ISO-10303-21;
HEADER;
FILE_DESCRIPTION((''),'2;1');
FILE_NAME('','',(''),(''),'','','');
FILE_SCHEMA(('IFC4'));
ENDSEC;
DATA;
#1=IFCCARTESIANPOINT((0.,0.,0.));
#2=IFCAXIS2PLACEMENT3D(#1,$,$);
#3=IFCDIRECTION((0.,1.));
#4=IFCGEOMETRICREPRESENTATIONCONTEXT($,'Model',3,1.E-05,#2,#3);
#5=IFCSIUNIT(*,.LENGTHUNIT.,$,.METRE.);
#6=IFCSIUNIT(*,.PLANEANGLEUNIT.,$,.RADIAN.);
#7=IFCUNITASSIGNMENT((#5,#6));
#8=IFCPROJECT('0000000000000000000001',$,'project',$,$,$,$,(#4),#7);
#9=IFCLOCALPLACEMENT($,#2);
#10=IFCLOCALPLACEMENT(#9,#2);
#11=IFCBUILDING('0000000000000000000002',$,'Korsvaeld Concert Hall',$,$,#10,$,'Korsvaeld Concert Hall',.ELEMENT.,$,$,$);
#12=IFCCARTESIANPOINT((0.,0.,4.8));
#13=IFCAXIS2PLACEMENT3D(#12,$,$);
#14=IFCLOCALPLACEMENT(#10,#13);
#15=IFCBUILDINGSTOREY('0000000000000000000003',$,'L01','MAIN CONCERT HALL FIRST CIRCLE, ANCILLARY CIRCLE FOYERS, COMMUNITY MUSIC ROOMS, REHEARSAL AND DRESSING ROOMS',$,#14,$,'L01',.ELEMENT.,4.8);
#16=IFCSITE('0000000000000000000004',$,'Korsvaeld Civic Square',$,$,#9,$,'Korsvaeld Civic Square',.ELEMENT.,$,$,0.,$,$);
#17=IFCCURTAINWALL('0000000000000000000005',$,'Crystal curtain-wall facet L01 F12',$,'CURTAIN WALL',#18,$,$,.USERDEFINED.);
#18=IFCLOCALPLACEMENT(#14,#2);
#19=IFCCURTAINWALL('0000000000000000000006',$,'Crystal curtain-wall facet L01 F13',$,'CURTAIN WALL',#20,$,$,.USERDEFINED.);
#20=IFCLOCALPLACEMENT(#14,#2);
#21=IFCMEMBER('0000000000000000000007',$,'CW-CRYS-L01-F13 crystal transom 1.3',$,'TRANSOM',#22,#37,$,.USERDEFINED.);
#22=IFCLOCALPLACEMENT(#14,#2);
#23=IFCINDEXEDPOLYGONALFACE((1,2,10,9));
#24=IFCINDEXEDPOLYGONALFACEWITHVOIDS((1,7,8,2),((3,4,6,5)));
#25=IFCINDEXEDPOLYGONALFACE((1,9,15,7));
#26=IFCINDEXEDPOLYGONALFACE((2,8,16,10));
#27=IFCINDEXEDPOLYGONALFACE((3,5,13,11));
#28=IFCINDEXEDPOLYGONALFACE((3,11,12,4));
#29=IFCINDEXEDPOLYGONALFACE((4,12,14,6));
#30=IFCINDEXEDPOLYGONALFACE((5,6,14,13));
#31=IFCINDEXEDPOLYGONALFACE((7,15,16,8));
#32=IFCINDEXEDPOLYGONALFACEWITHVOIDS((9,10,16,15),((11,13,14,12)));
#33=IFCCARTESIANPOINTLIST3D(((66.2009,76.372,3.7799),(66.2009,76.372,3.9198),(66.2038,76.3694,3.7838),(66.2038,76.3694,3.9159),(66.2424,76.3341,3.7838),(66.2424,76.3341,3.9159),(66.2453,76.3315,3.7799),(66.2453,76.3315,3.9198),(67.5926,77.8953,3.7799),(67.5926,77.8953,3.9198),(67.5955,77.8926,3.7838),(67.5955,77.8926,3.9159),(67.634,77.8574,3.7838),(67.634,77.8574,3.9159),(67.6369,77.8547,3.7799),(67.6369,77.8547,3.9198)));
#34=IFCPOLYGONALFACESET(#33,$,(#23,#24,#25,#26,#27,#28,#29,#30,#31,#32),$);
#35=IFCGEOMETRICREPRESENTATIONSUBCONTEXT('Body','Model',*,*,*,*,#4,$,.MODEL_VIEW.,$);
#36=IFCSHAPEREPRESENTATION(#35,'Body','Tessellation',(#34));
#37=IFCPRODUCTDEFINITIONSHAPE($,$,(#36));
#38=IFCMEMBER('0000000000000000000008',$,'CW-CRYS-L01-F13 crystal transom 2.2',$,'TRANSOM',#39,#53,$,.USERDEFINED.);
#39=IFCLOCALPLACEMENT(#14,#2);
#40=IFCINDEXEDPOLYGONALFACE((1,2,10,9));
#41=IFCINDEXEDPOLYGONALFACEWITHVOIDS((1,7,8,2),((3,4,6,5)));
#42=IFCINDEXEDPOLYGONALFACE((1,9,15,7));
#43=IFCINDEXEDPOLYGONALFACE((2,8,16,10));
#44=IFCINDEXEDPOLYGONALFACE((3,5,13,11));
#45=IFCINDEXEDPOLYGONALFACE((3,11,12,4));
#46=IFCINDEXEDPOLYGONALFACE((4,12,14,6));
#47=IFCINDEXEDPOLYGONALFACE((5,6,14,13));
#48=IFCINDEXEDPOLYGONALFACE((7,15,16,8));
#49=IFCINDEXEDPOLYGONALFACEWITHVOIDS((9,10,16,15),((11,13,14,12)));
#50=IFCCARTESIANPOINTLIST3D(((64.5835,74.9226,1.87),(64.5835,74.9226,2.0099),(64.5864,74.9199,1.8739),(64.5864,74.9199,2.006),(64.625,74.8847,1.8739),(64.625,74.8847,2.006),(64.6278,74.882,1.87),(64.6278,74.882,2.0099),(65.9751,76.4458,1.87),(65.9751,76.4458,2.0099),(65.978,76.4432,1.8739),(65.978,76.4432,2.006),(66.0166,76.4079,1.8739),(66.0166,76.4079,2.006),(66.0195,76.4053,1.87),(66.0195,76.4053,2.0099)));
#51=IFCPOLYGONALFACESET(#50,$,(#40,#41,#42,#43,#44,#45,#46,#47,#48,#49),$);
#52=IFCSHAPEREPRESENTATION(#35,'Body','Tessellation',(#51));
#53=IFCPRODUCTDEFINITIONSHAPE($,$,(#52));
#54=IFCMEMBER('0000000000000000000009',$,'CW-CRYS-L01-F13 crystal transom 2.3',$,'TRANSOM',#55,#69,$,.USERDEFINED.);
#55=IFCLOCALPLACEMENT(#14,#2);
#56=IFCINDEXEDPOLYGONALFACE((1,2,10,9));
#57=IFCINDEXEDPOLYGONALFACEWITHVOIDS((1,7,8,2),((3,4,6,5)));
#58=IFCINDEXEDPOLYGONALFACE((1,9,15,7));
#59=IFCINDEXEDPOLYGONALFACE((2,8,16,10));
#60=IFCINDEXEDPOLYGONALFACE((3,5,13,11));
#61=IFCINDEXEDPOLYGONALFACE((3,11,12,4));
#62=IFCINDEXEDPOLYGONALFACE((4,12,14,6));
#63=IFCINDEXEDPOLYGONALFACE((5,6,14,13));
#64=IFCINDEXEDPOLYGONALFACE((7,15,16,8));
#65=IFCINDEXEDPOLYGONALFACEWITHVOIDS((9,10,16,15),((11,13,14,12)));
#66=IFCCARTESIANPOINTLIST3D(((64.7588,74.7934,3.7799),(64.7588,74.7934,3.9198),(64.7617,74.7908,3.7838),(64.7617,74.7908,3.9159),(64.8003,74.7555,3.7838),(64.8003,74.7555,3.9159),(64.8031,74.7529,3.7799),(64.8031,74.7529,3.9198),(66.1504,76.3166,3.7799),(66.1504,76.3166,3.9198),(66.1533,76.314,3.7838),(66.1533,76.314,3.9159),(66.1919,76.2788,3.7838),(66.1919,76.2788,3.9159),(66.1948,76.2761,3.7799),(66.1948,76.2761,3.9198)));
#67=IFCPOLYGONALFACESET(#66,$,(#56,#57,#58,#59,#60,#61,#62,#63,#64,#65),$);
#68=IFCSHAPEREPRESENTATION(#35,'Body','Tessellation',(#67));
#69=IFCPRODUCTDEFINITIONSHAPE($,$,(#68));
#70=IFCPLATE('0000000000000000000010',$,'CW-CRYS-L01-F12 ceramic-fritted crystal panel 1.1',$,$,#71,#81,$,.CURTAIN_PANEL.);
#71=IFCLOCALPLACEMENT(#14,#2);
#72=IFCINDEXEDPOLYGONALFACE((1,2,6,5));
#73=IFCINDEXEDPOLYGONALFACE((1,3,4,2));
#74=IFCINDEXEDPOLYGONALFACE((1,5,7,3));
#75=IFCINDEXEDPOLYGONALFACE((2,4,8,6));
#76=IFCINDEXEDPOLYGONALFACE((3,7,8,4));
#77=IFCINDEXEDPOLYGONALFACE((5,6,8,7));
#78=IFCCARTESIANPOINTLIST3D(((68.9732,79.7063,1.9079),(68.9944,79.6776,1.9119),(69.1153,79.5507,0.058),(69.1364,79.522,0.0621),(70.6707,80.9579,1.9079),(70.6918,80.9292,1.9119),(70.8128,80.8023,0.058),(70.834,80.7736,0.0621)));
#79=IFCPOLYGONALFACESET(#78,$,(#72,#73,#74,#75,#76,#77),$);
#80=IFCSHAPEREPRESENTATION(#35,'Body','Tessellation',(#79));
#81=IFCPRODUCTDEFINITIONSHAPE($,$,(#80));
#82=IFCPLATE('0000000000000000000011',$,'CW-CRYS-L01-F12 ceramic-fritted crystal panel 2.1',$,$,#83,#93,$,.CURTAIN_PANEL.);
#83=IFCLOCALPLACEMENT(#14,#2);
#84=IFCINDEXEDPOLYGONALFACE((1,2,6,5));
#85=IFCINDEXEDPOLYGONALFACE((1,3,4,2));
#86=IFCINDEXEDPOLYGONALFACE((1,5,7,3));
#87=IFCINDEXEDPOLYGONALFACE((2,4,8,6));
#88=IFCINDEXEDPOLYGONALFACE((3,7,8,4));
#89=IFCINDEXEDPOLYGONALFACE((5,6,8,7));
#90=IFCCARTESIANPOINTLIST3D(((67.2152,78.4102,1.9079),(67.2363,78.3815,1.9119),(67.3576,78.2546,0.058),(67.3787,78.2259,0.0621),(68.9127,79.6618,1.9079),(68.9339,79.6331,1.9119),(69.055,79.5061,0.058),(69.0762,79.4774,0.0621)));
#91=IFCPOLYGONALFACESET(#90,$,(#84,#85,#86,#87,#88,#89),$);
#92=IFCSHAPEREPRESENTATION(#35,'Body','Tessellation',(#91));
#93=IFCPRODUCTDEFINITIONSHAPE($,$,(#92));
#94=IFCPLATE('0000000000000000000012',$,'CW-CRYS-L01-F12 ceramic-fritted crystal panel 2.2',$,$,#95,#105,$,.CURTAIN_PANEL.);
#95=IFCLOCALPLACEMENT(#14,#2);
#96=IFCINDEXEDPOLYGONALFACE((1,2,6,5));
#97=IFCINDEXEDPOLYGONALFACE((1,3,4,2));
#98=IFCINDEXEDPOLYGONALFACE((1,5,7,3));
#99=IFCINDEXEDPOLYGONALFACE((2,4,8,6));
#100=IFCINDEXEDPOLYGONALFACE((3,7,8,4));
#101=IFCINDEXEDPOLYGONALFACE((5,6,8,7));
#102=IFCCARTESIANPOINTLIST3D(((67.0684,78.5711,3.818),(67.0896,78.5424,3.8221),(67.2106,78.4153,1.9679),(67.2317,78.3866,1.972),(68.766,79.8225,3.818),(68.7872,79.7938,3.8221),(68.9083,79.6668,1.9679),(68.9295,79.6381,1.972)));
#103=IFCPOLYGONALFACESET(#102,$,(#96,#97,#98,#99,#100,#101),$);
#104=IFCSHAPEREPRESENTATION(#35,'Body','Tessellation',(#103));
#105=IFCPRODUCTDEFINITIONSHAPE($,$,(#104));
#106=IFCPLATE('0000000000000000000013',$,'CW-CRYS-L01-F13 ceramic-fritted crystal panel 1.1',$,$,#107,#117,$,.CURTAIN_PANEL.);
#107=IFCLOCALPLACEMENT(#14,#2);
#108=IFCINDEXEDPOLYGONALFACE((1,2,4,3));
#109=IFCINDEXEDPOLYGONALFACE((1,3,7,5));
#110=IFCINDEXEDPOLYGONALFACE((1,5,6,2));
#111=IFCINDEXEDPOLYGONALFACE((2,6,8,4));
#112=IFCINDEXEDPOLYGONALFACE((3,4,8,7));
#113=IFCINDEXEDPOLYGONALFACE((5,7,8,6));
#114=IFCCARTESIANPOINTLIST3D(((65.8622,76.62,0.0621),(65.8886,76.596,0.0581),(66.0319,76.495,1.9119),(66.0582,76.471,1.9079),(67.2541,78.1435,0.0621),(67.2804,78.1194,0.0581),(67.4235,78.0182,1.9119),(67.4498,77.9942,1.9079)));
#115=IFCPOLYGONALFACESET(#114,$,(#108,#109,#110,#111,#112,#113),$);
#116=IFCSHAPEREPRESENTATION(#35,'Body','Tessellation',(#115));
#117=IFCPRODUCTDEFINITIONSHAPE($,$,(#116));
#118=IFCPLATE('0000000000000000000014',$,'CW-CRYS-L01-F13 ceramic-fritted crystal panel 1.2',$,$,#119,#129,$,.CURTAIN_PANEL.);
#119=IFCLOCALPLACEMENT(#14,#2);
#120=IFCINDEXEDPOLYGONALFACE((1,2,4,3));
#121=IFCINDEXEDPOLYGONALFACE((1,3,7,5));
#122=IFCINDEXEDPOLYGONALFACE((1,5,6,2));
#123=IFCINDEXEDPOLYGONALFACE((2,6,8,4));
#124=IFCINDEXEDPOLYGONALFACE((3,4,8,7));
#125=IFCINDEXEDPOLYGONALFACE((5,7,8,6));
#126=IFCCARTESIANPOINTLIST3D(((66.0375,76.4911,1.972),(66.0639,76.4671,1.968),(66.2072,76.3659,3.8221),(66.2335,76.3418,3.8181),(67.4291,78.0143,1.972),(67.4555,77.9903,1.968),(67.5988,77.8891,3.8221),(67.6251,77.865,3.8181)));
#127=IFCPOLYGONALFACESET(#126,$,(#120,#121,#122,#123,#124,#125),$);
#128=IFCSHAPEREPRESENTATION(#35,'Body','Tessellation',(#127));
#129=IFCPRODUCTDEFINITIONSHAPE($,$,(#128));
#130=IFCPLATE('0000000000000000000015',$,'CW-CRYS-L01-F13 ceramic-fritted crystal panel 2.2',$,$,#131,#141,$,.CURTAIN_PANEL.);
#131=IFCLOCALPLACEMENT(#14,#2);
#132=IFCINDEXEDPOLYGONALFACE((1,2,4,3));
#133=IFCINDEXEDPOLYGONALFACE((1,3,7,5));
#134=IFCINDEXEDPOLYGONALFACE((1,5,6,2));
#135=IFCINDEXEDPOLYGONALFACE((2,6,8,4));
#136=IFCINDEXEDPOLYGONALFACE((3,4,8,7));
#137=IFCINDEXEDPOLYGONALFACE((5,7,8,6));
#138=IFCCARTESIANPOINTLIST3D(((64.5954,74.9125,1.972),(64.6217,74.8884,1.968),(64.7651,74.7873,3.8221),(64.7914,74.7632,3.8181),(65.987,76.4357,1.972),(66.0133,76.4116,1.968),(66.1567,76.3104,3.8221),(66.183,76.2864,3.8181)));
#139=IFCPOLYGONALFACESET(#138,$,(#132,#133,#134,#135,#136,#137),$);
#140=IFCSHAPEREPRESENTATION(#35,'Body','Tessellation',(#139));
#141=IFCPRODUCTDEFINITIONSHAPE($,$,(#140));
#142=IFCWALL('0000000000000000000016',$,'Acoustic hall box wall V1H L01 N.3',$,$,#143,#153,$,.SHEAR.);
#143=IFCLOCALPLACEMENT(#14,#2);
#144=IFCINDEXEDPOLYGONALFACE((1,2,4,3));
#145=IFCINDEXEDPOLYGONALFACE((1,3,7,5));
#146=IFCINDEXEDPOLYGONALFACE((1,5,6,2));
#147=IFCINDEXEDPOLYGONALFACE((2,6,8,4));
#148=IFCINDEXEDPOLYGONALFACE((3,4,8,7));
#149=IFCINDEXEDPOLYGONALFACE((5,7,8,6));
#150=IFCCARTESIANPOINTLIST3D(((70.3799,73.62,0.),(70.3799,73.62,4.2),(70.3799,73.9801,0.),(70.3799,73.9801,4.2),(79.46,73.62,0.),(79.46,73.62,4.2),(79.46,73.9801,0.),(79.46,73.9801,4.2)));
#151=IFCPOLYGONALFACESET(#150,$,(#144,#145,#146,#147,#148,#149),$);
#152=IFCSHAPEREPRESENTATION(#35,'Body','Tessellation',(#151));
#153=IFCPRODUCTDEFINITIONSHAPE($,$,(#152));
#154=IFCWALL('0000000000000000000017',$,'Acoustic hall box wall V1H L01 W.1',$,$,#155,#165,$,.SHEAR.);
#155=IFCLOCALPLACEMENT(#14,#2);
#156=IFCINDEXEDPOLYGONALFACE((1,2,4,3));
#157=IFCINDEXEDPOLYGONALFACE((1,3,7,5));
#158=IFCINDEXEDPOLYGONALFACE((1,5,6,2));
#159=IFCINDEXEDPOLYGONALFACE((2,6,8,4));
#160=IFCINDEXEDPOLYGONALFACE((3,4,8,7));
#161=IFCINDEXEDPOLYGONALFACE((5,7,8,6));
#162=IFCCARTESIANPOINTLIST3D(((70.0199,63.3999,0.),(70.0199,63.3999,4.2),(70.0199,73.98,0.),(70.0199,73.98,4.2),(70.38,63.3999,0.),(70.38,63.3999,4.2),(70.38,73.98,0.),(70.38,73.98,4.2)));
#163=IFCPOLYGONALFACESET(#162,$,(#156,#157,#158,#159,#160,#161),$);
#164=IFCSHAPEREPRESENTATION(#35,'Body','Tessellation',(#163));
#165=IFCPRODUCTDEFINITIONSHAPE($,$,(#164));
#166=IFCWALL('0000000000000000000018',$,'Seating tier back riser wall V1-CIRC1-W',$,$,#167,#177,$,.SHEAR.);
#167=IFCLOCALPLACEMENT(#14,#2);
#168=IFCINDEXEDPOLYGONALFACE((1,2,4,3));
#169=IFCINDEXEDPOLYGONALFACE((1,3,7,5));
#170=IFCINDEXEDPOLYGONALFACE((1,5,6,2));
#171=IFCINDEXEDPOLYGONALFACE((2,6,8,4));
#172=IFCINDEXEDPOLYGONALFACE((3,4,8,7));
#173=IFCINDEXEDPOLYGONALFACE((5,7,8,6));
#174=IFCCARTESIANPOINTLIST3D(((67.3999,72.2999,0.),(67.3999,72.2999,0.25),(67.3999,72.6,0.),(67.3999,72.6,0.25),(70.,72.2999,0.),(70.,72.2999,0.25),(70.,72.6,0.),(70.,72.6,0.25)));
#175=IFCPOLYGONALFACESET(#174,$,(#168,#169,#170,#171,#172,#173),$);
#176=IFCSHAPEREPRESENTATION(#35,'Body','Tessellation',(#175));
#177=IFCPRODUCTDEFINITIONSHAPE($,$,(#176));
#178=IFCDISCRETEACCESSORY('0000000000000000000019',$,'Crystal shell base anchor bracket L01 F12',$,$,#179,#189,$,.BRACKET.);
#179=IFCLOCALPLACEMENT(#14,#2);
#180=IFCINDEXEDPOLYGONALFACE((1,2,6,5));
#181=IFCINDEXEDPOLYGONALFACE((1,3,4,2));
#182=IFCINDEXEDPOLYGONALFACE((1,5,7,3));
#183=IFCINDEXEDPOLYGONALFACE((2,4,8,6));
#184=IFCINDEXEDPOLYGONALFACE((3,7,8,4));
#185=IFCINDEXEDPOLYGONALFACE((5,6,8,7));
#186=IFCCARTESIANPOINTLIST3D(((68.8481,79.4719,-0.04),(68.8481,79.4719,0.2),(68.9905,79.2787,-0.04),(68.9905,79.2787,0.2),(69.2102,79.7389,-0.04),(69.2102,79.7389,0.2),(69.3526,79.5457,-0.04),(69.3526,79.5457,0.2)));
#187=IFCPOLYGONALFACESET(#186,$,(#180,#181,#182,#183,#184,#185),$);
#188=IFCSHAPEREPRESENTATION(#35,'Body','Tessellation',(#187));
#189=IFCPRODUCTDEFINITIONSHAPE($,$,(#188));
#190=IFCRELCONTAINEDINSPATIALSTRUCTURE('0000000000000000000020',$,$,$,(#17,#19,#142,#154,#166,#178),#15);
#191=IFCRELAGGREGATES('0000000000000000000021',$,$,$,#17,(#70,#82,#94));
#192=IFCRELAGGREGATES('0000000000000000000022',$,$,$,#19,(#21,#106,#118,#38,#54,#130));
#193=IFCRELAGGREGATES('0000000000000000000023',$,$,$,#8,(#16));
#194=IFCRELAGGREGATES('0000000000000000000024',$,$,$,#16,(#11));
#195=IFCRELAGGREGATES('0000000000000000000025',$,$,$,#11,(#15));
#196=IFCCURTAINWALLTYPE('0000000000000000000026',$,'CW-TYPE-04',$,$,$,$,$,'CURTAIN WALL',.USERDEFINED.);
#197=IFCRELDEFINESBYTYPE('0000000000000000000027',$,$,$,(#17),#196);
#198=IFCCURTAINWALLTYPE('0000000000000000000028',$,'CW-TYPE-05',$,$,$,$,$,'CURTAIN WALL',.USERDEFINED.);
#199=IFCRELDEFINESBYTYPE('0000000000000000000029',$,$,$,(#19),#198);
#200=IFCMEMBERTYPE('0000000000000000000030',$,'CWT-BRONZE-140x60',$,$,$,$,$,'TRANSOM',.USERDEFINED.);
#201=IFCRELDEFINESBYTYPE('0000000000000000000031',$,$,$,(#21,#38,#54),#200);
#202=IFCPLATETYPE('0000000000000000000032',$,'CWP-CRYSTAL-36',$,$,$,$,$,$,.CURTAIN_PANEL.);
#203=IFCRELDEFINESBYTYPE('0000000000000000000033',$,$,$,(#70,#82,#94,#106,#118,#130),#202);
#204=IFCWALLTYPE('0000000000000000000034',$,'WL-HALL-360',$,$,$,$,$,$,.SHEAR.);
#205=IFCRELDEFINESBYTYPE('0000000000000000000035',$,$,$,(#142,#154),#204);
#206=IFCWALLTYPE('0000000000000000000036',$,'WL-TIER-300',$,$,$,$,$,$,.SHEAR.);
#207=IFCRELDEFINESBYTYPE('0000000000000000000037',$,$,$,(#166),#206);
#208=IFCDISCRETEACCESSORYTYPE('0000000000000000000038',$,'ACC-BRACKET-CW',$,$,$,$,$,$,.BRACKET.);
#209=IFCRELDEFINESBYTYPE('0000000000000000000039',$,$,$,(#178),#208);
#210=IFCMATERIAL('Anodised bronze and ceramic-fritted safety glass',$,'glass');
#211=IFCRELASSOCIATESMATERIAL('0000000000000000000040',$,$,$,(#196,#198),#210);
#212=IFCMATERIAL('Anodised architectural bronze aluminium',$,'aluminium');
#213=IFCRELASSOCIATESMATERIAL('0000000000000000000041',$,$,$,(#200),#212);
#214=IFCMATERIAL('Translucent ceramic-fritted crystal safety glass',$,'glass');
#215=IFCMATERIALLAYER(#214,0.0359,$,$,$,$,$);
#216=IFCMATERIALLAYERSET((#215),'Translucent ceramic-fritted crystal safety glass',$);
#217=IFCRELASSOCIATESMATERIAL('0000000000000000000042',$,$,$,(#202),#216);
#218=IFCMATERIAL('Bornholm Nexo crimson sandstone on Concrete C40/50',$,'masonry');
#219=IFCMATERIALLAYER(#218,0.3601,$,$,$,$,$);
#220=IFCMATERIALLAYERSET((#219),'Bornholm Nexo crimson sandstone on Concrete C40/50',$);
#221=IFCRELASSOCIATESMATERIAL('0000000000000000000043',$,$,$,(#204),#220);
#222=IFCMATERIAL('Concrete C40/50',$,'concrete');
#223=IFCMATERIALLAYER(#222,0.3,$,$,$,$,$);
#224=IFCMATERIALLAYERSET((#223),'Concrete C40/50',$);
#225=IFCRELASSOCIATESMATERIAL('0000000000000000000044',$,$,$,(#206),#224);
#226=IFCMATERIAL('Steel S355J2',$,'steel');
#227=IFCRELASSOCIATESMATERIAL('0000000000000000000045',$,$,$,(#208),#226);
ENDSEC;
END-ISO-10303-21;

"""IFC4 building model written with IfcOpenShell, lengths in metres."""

from ifc_helpers import new_model, si_unit, direction, frame, frame_2d, origin, origin_2d, place, context, subcontext, project, spatial, polyline, rectangle, hollow_rectangle, outline, extrude, material, layer, layer_set, material_profile, profile_set, type_object, element, aggregate, save


model = new_model("IFC4")

# Units and contexts
model_context = context("Model", 3, precision=1e-05, world=origin(), true_north=direction((0.0, 1.0)))
body_context = subcontext(model_context, "Body", "Model", "MODEL_VIEW")
ifc_project = project(units=[si_unit("LENGTHUNIT", "METRE"), si_unit("PLANEANGLEUNIT", "RADIAN")], contexts=[model_context])

# Site, building, storey
site_placement = place(None, origin())
site = spatial("IfcSite", under=ifc_project, at=site_placement, Name="Korsvaeld Civic Square", LongName="Korsvaeld Civic Square", CompositionType="ELEMENT", RefElevation=0.0)
building_placement = place(site_placement, origin())
building = spatial("IfcBuilding", under=site, at=building_placement, Name="Korsvaeld Concert Hall", LongName="Korsvaeld Concert Hall", CompositionType="ELEMENT")
storey_placement = place(building_placement, frame((0.0, 0.0, 4.8)))
storey = spatial("IfcBuildingStorey", under=building, at=storey_placement, Name="L01", Description="MAIN CONCERT HALL FIRST CIRCLE, ANCILLARY CIRCLE FOYERS, COMMUNITY MUSIC ROOMS, REHEARSAL AND DRESSING ROOMS", LongName="L01", CompositionType="ELEMENT", Elevation=4.8)

# Shared definitions
ifc_material_1 = material(Name="Concrete C40/50", Category="concrete")

# Curtain wall
ifc_material_2 = material(Name="Anodised bronze and ceramic-fritted safety glass", Category="glass")
curtain_wall_type_1 = type_object("IfcCurtainWallType", Name="CW-TYPE-04", ElementType="CURTAIN WALL", PredefinedType="USERDEFINED", material=ifc_material_2)
curtain_wall_1_placement = place(storey_placement, origin())
curtain_wall_1 = element("IfcCurtainWall", 1, at=curtain_wall_1_placement, inside=storey, type_object=curtain_wall_type_1, Name="Crystal curtain-wall facet L01 F12", ObjectType="CURTAIN WALL", PredefinedType="USERDEFINED")
ifc_material_3 = material(Name="Anodised architectural bronze aluminium", Category="aluminium")

# Curtain wall
curtain_wall_type_2 = type_object("IfcCurtainWallType", Name="CW-TYPE-05", ElementType="CURTAIN WALL", PredefinedType="USERDEFINED", material=ifc_material_2)
curtain_wall_2_placement = place(storey_placement, origin())
curtain_wall_2 = element("IfcCurtainWall", 2, at=curtain_wall_2_placement, inside=storey, type_object=curtain_wall_type_2, Name="Crystal curtain-wall facet L01 F13", ObjectType="CURTAIN WALL", PredefinedType="USERDEFINED")

# Members
ifc_material_profile_1 = material_profile(ifc_material_3, hollow_rectangle(XDim=0.0601, YDim=0.1399, WallThickness=0.0039, at=origin_2d()), Name="CWT 140x60x4")
ifc_profile_set_1 = profile_set([ifc_material_profile_1], Name="Anodised architectural bronze aluminium")
member_type_1 = type_object("IfcMemberType", Name="CWT-BRONZE-140x60", ElementType="TRANSOM", PredefinedType="USERDEFINED", material=ifc_profile_set_1)
member_1_placement = place(storey_placement, frame((67.6147, 77.875, 3.8499), z_axis=(-0.674497, -0.738278, 0.0), x_axis=(0.738278, -0.674497, 0.0)))
member_1 = element("IfcMember", 3, at=member_1_placement, type_object=member_type_1, Name="CW-CRYS-L01-F13 crystal transom 1.3", ObjectType="TRANSOM", PredefinedType="USERDEFINED", context=body_context, shape_type="SweptSolid", body=[
    extrude(hollow_rectangle(XDim=0.0601, YDim=0.1399, WallThickness=0.0039, at=origin_2d()), origin(), (0.0, 0.0, 1.0), 2.0632),
])
member_2_placement = place(storey_placement, frame((65.9973, 76.4255, 1.9399), z_axis=(-0.674497, -0.738278, 0.0), x_axis=(0.738278, -0.674497, 0.0)))
member_2 = element("IfcMember", 4, at=member_2_placement, type_object=member_type_1, Name="CW-CRYS-L01-F13 crystal transom 2.2", ObjectType="TRANSOM", PredefinedType="USERDEFINED", context=body_context, shape_type="SweptSolid", body=[
    extrude(hollow_rectangle(XDim=0.0601, YDim=0.1399, WallThickness=0.0039, at=origin_2d()), origin(), (0.0, 0.0, 1.0), 2.0632),
])
member_3_placement = place(storey_placement, frame((66.1726, 76.2964, 3.8499), z_axis=(-0.674497, -0.738278, 0.0), x_axis=(0.738278, -0.674497, 0.0)))
member_3 = element("IfcMember", 5, at=member_3_placement, type_object=member_type_1, Name="CW-CRYS-L01-F13 crystal transom 2.3", ObjectType="TRANSOM", PredefinedType="USERDEFINED", context=body_context, shape_type="SweptSolid", body=[
    extrude(hollow_rectangle(XDim=0.0601, YDim=0.1399, WallThickness=0.0039, at=origin_2d()), origin(), (0.0, 0.0, 1.0), 2.0632),
])

# Plates
ifc_material_4 = material(Name="Translucent ceramic-fritted crystal safety glass", Category="glass")
ifc_layer_1 = layer(ifc_material_4, 0.0359)
ifc_layer_set_1 = layer_set([ifc_layer_1], Name="Translucent ceramic-fritted crystal safety glass")
plate_type = type_object("IfcPlateType", Name="CWP-CRYSTAL-36", PredefinedType="CURTAIN_PANEL", material=ifc_layer_set_1)
plate_1_placement = place(storey_placement, frame((70.8235, 80.7878, 0.0601), z_axis=(-0.589669, 0.79976, -0.112582), x_axis=(-0.804877, -0.593442, -0.000005)))
plate_1 = element("IfcPlate", 6, at=plate_1_placement, type_object=plate_type, Name="CW-CRYS-L01-F12 ceramic-fritted crystal panel 1.1", PredefinedType="CURTAIN_PANEL", context=body_context, shape_type="SweptSolid", body=[
    extrude(outline(polyline([(0.0, 0.0), (2.1091, 0.0), (2.131, 1.8617), (0.0221, 1.8617), (0.0, 0.0)])), frame((0.0, 0.0, 0.0181)), (0.0, 0.0, -1.0), 0.0359),
])
plate_2_placement = place(storey_placement, frame((69.0657, 79.4917, 0.0601), z_axis=(-0.589664, 0.799753, -0.112659), x_axis=(-0.804877, -0.593441, 0.000005)))
plate_2 = element("IfcPlate", 7, at=plate_2_placement, type_object=plate_type, Name="CW-CRYS-L01-F12 ceramic-fritted crystal panel 2.1", PredefinedType="CURTAIN_PANEL", context=body_context, shape_type="SweptSolid", body=[
    extrude(outline(polyline([(0.0, 0.0), (2.109, 0.0), (2.1312, 1.8617), (0.0221, 1.8617), (0.0, 0.0)])), frame((0.0, 0.0, 0.0181)), (0.0, 0.0, -1.0), 0.0359),
])
plate_3_placement = place(storey_placement, frame((68.9189, 79.6523, 1.97), z_axis=(-0.589599, 0.799801, -0.112657), x_axis=(-0.804925, -0.593376, 0.000004)))
plate_3 = element("IfcPlate", 8, at=plate_3_placement, type_object=plate_type, Name="CW-CRYS-L01-F12 ceramic-fritted crystal panel 2.2", PredefinedType="CURTAIN_PANEL", context=body_context, shape_type="SweptSolid", body=[
    extrude(outline(polyline([(0.0, 0.0), (2.1092, 0.0), (2.1311, 1.8619), (0.0221, 1.862), (0.0, 0.0)])), frame((0.0, 0.0, 0.0181)), (0.0, 0.0, -1.0), 0.0359),
])
aggregate(curtain_wall_1, [plate_1, plate_2, plate_3])
plate_4_placement = place(storey_placement, frame((67.2673, 78.1313, 0.0601), z_axis=(-0.733583, 0.670212, 0.112572), x_axis=(-0.674499, -0.738275, 0.0)))
plate_4 = element("IfcPlate", 9, at=plate_4_placement, type_object=plate_type, Name="CW-CRYS-L01-F13 ceramic-fritted crystal panel 1.1", PredefinedType="CURTAIN_PANEL", context=body_context, shape_type="SweptSolid", body=[
    extrude(outline(polyline([(0.0, 0.0), (2.0635, 0.0), (2.0414, 1.8617), (-0.0218, 1.8617), (0.0, 0.0)])), frame((0.0, 0.0, 0.0181)), (0.0, 0.0, -1.0), 0.0359),
])
plate_5_placement = place(storey_placement, frame((67.4424, 78.0022, 1.97), z_axis=(-0.733579, 0.670203, 0.112649), x_axis=(-0.674497, -0.738278, 0.0)))
plate_5 = element("IfcPlate", 10, at=plate_5_placement, type_object=plate_type, Name="CW-CRYS-L01-F13 ceramic-fritted crystal panel 1.2", PredefinedType="CURTAIN_PANEL", context=body_context, shape_type="SweptSolid", body=[
    extrude(outline(polyline([(0.0, 0.0), (2.0632, 0.0), (2.0412, 1.8619), (-0.022, 1.8619), (0.0, 0.0)])), frame((0.0, 0.0, 0.0181)), (0.0, 0.0, -1.0), 0.0359),
])
plate_6_placement = place(storey_placement, frame((66.0002, 76.4236, 1.97), z_axis=(-0.733579, 0.670203, 0.112649), x_axis=(-0.674497, -0.738278, 0.0)))
plate_6 = element("IfcPlate", 11, at=plate_6_placement, type_object=plate_type, Name="CW-CRYS-L01-F13 ceramic-fritted crystal panel 2.2", PredefinedType="CURTAIN_PANEL", context=body_context, shape_type="SweptSolid", body=[
    extrude(outline(polyline([(0.0, 0.0), (2.0632, 0.0), (2.0412, 1.8619), (-0.022, 1.8619), (0.0, 0.0)])), frame((0.0, 0.0, 0.0181)), (0.0, 0.0, -1.0), 0.0359),
])
aggregate(curtain_wall_2, [member_1, plate_4, plate_5, member_2, member_3, plate_6])

# Walls
ifc_material_5 = material(Name="Bornholm Nexo crimson sandstone on Concrete C40/50", Category="masonry")
ifc_layer_2 = layer(ifc_material_5, 0.3601)
ifc_layer_set_2 = layer_set([ifc_layer_2], Name="Bornholm Nexo crimson sandstone on Concrete C40/50")
wall_type_1 = type_object("IfcWallType", Name="WL-HALL-360", PredefinedType="SHEAR", material=ifc_layer_set_2)
wall_1_placement = place(storey_placement, frame((79.46, 73.8, 0.0), z_axis=(0.0, 0.0, 1.0), x_axis=(-1.0, 0.0, 0.0)))
element("IfcWall", 12, at=wall_1_placement, inside=storey, type_object=wall_type_1, Name="Acoustic hall box wall V1H L01 N.3", PredefinedType="SHEAR", context=body_context, shape_type="SweptSolid", body=[
    extrude(rectangle(XDim=9.0801, YDim=0.3601, at=frame_2d((4.54, 0.0))), origin(), (0.0, 0.0, 1.0), 4.2),
])
wall_2_placement = place(storey_placement, frame((70.2, 73.98, 0.0), z_axis=(0.0, 0.0, 1.0), x_axis=(0.0, -1.0, 0.0)))
element("IfcWall", 13, at=wall_2_placement, inside=storey, type_object=wall_type_1, Name="Acoustic hall box wall V1H L01 W.1", PredefinedType="SHEAR", context=body_context, shape_type="SweptSolid", body=[
    extrude(rectangle(XDim=10.5801, YDim=0.3601, at=frame_2d((5.29, 0.0))), origin(), (0.0, 0.0, 1.0), 4.2),
])
ifc_layer_3 = layer(ifc_material_1, 0.3)
ifc_layer_set_3 = layer_set([ifc_layer_3], Name="Concrete C40/50")
wall_type_2 = type_object("IfcWallType", Name="WL-TIER-300", PredefinedType="SHEAR", material=ifc_layer_set_3)
wall_3_placement = place(storey_placement, frame((67.3999, 72.45, 0.0), z_axis=(0.0, 0.0, 1.0), x_axis=(1.0, 0.0, 0.0)))
element("IfcWall", 14, at=wall_3_placement, inside=storey, type_object=wall_type_2, Name="Seating tier back riser wall V1-CIRC1-W", PredefinedType="SHEAR", context=body_context, shape_type="SweptSolid", body=[
    extrude(rectangle(XDim=2.6001, YDim=0.3, at=frame_2d((1.3, 0.0))), origin(), (0.0, 0.0, 1.0), 0.25),
])

# Discrete accessory
ifc_material_6 = material(Name="Steel S355J2", Category="steel")
discrete_accessory_type = type_object("IfcDiscreteAccessoryType", Name="ACC-BRACKET-CW", PredefinedType="BRACKET", material=ifc_material_6)
for number, where, z_axis, x_axis, name in (
    (15, (69.1003, 79.5088, -0.04), (0.0, 0.0, 1.0), (-0.804894, -0.593419, 0.0), "Crystal shell base anchor bracket L01 F12"),
):
    element("IfcDiscreteAccessory", number, at=place(storey_placement, frame(where, z_axis=z_axis, x_axis=x_axis)), inside=storey, type_object=discrete_accessory_type, Name=name, PredefinedType="BRACKET", context=body_context, shape_type="SweptSolid", body=[
        extrude(rectangle(XDim=0.45, YDim=0.24, at=origin_2d()), origin(), (0.0, 0.0, 1.0), 0.24),
    ])

save(model, "model.ifc")
